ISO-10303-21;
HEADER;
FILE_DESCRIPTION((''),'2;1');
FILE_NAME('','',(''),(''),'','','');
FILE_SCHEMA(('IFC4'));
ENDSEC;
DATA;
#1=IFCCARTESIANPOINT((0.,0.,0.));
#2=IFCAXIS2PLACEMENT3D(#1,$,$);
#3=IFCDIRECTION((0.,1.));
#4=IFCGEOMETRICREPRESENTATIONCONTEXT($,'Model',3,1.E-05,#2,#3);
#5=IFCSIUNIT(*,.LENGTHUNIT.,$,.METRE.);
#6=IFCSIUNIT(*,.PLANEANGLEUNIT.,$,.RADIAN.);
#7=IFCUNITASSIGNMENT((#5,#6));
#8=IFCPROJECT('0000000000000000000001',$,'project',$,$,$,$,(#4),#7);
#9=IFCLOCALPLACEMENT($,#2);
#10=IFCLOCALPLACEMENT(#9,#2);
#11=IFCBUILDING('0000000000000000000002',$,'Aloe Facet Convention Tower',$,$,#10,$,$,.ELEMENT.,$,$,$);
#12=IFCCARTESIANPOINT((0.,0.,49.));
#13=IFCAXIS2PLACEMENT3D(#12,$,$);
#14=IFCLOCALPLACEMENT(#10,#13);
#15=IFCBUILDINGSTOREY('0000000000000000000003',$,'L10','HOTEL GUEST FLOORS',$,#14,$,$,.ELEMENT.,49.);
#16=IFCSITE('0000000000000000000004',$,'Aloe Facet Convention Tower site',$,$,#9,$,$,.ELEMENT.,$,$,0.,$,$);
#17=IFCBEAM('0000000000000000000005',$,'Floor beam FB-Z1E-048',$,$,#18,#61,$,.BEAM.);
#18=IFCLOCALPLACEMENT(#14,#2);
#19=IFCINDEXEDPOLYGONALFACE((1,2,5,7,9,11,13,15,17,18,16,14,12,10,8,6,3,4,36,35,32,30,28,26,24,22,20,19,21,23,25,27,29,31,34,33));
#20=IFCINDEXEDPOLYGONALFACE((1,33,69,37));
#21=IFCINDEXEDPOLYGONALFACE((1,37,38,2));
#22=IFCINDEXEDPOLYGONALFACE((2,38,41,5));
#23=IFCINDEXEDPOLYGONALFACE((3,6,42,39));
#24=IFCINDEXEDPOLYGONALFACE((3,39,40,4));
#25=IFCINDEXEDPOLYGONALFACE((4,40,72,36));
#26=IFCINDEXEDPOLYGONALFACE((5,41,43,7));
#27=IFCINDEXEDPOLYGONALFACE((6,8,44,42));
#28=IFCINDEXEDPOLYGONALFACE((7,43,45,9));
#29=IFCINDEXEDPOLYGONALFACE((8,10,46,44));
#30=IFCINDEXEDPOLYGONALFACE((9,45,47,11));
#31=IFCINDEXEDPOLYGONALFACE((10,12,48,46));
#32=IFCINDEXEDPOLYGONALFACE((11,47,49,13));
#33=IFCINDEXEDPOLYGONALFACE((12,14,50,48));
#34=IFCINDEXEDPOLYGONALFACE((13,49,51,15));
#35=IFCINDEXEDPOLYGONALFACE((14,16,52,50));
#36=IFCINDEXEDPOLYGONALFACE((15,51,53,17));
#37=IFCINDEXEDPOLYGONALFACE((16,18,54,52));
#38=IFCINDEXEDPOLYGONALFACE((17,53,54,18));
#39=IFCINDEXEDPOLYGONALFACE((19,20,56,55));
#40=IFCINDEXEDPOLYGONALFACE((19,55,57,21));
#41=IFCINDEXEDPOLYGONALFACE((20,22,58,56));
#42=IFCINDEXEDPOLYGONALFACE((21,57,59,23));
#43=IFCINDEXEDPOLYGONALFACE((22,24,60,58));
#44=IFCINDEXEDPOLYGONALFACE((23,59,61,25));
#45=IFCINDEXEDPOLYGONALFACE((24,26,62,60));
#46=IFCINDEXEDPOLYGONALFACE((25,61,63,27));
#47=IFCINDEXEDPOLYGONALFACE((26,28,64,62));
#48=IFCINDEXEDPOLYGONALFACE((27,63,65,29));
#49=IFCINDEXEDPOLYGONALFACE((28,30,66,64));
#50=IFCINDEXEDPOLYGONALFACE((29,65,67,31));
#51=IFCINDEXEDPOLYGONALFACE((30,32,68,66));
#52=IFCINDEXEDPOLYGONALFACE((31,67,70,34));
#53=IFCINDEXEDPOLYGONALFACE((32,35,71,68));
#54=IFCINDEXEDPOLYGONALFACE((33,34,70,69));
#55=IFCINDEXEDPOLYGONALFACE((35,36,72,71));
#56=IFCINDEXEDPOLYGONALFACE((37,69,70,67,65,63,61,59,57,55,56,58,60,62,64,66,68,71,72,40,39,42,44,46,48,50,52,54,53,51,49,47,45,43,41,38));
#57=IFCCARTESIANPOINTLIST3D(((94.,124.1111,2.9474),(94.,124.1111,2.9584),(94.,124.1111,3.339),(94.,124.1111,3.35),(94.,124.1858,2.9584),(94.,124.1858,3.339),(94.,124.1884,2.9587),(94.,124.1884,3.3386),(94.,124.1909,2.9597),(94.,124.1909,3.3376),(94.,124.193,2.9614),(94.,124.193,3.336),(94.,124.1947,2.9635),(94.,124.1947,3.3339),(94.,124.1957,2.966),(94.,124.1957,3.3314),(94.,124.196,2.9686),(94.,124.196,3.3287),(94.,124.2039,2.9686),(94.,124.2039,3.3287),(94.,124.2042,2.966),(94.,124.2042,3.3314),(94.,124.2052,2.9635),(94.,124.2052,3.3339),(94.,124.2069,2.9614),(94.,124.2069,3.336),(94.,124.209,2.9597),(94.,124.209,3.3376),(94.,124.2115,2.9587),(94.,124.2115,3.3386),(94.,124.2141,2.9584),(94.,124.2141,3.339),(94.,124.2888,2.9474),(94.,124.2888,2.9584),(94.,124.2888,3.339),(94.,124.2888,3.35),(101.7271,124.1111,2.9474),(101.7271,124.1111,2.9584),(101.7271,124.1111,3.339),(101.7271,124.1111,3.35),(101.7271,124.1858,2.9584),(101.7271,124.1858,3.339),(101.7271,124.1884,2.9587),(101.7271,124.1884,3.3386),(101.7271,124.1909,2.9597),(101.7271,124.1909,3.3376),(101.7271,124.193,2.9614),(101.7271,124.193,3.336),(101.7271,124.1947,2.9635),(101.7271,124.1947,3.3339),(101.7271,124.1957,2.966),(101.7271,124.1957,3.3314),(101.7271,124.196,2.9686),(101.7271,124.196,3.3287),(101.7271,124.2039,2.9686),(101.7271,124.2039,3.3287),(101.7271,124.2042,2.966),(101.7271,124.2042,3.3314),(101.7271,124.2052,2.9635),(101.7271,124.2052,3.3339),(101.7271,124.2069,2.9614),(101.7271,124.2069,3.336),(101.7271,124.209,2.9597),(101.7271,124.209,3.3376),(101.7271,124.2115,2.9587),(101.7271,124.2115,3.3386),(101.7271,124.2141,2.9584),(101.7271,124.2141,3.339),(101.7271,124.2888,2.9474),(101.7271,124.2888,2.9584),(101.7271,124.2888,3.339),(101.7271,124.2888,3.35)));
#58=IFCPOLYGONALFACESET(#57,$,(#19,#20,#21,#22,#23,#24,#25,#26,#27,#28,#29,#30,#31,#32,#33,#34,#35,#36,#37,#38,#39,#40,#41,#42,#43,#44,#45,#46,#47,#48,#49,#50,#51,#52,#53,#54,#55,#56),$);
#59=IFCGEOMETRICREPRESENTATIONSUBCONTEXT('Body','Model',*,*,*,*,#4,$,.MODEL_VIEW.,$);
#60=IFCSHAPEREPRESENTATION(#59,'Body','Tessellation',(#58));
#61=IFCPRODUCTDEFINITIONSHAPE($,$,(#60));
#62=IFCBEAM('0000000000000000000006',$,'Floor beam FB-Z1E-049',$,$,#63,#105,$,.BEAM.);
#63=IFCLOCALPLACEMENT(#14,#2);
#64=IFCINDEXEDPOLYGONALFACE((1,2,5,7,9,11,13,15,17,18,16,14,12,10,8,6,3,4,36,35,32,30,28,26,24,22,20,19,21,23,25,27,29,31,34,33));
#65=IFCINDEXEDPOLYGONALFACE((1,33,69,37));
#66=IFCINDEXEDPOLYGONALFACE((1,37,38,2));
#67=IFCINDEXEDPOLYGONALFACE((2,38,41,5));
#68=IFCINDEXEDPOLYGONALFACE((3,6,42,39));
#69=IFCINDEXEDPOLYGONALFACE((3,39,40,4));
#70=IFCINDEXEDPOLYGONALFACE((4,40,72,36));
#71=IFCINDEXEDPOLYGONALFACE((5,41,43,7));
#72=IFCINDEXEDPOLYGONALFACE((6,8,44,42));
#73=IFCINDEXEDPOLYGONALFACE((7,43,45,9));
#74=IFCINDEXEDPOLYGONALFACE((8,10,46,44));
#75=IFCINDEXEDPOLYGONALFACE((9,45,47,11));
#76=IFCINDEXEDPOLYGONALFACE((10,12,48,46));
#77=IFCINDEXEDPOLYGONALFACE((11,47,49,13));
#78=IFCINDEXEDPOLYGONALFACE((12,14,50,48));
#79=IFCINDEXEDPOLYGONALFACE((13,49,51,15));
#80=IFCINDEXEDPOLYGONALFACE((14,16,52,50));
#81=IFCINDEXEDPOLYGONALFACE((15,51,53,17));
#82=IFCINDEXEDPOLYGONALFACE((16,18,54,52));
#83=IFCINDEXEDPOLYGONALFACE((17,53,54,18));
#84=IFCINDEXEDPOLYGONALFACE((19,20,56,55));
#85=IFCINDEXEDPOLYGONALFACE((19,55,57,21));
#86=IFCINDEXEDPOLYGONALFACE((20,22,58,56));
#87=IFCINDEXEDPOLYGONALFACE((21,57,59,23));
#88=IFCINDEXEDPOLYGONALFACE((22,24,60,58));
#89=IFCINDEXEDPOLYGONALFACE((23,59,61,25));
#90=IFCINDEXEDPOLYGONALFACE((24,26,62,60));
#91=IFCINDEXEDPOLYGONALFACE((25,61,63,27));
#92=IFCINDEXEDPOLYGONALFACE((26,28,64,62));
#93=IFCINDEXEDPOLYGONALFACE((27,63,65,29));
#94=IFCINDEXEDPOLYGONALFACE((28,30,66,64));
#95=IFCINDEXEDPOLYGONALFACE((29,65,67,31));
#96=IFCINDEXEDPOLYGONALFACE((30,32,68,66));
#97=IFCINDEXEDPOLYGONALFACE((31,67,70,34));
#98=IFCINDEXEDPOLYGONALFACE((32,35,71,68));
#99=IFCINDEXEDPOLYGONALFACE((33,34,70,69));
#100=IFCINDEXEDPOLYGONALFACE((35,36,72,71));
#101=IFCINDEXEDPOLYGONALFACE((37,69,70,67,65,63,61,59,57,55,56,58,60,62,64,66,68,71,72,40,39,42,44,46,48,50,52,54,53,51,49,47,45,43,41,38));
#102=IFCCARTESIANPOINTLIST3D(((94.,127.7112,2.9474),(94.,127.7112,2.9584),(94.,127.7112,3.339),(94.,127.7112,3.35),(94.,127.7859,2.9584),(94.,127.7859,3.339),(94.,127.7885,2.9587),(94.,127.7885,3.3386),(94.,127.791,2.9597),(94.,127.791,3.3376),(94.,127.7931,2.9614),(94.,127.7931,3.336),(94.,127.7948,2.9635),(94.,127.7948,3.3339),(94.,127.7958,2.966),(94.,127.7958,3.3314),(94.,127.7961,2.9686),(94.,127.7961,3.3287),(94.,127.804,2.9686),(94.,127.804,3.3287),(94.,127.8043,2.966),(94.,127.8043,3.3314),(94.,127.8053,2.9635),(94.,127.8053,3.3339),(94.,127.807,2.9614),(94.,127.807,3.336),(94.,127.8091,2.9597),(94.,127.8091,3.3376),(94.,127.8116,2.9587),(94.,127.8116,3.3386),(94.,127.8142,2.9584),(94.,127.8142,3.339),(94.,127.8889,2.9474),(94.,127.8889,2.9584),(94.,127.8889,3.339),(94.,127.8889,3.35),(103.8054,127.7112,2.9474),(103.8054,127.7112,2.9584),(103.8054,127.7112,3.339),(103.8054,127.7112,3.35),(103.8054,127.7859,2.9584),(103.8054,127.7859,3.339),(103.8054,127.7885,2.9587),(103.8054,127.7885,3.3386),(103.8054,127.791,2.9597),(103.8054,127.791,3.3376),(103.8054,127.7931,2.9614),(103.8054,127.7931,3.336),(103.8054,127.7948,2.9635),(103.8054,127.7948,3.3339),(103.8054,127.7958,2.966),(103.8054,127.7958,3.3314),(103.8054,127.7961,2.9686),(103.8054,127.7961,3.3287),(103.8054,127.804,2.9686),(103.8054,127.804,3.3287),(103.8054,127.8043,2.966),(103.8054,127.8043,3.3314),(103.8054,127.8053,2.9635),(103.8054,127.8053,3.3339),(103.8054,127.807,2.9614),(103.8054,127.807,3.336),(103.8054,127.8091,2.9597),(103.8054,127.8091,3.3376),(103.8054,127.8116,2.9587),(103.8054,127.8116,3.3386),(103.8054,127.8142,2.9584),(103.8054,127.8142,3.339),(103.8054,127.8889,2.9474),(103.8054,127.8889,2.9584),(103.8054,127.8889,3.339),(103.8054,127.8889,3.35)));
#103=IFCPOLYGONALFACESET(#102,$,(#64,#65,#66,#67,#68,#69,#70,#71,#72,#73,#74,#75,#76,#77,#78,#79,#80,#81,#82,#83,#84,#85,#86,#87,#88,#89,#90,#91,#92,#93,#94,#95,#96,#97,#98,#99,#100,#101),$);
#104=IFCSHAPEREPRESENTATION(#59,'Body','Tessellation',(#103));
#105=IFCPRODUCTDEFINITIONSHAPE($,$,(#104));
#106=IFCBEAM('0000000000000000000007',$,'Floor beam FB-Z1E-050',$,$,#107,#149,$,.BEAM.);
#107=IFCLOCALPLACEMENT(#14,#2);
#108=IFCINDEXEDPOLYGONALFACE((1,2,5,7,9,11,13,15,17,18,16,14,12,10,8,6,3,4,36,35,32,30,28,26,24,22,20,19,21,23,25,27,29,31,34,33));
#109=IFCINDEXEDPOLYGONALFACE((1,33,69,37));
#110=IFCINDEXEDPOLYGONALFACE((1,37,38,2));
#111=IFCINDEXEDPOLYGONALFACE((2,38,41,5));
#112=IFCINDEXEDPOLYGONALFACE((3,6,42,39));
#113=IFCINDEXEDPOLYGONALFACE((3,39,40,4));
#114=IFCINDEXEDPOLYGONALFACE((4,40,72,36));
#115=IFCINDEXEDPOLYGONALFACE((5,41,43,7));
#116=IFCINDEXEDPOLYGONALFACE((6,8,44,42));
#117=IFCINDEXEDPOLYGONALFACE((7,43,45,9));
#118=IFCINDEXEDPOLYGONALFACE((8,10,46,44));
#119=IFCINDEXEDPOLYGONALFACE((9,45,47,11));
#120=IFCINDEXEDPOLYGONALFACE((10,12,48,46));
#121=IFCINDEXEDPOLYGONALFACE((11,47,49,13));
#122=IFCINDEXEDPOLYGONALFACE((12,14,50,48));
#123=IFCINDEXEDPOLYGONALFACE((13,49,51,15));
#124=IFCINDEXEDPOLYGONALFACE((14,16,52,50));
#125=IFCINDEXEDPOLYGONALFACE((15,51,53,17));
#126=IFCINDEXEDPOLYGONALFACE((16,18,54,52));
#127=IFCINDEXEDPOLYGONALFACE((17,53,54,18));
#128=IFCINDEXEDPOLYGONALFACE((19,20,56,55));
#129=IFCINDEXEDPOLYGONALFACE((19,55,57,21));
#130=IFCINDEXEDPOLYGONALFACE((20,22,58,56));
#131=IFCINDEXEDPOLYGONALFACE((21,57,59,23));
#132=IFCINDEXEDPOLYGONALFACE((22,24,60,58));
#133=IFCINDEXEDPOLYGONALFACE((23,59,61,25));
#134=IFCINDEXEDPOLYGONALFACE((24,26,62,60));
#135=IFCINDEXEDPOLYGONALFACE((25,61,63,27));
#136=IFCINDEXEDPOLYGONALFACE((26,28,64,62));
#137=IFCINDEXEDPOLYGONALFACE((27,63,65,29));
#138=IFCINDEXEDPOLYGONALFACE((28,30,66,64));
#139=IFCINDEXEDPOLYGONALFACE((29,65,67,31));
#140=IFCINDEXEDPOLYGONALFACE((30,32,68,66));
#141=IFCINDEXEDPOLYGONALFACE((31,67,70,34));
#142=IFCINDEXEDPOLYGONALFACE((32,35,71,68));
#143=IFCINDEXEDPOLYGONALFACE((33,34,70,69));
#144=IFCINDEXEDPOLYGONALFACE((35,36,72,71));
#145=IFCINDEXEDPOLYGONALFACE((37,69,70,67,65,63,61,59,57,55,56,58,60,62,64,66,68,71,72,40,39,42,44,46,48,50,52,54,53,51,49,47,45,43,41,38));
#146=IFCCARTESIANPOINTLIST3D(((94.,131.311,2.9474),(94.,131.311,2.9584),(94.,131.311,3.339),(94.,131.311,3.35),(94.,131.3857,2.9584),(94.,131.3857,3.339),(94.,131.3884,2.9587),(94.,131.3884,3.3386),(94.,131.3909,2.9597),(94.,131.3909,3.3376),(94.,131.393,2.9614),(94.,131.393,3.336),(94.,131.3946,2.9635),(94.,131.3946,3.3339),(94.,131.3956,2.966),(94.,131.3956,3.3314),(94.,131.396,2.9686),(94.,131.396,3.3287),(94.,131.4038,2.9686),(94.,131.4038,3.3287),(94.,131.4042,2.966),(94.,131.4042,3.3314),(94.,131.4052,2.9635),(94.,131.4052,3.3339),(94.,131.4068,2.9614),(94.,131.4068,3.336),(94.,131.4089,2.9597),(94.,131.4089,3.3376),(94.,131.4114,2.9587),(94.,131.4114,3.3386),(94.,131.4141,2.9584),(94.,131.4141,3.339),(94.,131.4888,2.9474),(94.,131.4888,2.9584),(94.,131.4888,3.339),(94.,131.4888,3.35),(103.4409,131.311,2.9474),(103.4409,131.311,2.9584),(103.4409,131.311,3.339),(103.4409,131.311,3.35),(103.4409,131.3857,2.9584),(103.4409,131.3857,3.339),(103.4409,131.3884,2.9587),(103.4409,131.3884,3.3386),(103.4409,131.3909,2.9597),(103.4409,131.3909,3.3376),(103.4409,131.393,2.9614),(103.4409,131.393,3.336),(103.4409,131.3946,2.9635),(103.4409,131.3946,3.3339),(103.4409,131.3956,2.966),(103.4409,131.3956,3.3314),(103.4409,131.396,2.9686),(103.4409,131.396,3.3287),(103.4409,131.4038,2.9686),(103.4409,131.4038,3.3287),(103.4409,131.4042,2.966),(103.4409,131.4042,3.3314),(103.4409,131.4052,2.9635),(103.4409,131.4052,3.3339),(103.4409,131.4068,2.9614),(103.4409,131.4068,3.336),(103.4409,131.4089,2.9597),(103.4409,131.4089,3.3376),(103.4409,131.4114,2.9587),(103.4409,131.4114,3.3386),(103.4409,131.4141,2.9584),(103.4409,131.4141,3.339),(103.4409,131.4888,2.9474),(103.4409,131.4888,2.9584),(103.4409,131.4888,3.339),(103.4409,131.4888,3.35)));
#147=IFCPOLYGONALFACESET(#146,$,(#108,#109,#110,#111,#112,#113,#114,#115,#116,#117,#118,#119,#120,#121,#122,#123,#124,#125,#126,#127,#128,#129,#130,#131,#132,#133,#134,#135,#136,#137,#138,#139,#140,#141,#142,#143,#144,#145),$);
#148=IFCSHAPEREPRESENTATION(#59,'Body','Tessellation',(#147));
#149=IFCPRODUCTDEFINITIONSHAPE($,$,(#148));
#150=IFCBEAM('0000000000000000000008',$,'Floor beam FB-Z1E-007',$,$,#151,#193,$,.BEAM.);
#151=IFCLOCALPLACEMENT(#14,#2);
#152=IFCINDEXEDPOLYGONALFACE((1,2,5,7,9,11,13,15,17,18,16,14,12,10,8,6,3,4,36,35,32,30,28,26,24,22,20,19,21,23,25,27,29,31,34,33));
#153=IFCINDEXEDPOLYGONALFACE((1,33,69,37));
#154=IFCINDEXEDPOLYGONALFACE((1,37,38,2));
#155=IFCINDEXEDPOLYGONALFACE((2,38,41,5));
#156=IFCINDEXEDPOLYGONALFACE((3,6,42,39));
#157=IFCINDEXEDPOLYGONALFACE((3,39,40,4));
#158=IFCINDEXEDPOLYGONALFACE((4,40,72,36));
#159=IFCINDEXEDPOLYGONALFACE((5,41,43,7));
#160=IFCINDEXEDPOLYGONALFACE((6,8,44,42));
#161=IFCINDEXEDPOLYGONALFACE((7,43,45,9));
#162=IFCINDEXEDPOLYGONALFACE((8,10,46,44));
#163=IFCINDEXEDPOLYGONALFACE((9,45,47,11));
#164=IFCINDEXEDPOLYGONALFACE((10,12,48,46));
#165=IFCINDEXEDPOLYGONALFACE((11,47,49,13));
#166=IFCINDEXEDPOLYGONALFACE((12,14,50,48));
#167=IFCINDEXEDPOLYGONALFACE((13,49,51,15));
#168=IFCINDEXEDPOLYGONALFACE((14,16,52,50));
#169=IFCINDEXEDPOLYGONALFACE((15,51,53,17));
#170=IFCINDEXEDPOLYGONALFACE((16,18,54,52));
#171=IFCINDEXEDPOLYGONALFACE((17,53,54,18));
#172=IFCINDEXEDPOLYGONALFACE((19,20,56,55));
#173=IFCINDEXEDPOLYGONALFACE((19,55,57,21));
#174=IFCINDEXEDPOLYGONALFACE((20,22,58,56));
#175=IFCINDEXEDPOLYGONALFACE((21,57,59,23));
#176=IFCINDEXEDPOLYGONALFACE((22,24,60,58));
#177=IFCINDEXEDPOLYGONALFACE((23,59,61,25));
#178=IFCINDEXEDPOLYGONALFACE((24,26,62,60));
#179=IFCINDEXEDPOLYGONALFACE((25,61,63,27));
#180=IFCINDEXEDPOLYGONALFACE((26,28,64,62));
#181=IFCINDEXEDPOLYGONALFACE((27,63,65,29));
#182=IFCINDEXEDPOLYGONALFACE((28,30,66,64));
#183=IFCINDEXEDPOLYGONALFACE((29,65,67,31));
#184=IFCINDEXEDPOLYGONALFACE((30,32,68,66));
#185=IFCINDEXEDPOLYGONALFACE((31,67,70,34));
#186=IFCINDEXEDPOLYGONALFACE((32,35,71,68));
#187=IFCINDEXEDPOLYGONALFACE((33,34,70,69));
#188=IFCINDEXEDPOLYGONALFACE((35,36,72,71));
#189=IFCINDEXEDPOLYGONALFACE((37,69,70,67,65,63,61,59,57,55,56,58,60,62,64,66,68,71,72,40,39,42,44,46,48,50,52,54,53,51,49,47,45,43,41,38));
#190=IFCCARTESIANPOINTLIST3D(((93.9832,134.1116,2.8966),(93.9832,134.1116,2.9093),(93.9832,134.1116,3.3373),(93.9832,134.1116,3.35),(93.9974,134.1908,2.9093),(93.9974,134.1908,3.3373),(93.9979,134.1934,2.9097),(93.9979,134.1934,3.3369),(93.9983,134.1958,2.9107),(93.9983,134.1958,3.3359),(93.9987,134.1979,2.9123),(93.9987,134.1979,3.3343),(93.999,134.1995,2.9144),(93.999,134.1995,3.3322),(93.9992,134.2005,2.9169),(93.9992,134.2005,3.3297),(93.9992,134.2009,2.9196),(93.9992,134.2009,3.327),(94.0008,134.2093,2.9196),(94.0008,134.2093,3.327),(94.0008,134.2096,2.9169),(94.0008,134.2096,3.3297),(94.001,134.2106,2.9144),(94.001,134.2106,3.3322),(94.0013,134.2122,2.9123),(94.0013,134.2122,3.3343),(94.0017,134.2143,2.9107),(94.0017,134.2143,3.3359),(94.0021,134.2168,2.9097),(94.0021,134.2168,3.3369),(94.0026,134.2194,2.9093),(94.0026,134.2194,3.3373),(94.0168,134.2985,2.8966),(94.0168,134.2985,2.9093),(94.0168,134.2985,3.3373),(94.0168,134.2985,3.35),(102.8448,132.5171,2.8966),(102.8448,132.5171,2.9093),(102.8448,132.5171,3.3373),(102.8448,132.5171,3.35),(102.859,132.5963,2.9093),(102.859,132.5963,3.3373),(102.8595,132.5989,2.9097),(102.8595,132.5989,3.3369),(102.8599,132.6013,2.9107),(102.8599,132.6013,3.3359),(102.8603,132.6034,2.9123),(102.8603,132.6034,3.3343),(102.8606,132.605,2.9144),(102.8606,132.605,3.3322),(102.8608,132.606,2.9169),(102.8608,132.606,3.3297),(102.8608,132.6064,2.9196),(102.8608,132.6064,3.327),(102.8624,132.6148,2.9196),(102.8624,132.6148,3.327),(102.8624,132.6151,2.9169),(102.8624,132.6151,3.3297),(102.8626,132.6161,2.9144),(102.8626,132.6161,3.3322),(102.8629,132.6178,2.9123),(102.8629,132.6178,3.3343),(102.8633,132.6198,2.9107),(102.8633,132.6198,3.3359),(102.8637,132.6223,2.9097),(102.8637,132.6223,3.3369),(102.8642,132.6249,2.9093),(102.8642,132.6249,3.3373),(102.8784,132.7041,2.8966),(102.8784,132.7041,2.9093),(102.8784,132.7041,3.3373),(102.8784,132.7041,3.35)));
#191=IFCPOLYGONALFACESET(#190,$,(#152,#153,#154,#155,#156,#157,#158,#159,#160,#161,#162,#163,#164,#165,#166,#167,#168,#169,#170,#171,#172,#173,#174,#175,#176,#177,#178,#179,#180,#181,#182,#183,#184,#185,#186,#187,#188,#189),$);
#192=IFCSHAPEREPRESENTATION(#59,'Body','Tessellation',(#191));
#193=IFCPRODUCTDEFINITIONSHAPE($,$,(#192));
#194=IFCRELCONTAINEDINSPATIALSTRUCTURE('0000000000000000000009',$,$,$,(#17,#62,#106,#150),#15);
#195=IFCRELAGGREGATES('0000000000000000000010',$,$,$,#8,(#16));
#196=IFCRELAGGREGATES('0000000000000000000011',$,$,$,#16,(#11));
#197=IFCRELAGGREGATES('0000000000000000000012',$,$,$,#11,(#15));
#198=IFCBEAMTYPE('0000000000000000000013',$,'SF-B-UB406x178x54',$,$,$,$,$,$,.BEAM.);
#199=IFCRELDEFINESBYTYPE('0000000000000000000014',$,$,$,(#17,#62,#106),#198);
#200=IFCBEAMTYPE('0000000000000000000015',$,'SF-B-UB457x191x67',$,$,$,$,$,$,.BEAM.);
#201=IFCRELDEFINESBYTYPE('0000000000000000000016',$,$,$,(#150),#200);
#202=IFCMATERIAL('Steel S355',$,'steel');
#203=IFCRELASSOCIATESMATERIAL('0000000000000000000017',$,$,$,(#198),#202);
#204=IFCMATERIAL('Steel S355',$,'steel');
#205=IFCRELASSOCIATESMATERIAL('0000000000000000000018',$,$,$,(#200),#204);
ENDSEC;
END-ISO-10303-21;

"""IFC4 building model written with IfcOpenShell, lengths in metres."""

from ifc_helpers import new_model, si_unit, direction, frame, origin, origin_2d, place, context, subcontext, project, spatial, i_section, extrude, material, material_profile, profile_set, type_object, element, save


model = new_model("IFC4")

# Units and contexts
model_context = context("Model", 3, precision=1e-05, world=origin(), true_north=direction((0.0, 1.0)))
body_context = subcontext(model_context, "Body", "Model", "MODEL_VIEW")
ifc_project = project(units=[si_unit("LENGTHUNIT", "METRE"), si_unit("PLANEANGLEUNIT", "RADIAN")], contexts=[model_context])

# Site, building, storey
site_placement = place(None, origin())
site = spatial("IfcSite", under=ifc_project, at=site_placement, Name="Aloe Facet Convention Tower site", CompositionType="ELEMENT", RefElevation=0.0)
building_placement = place(site_placement, origin())
building = spatial("IfcBuilding", under=site, at=building_placement, Name="Aloe Facet Convention Tower", CompositionType="ELEMENT")
storey_placement = place(building_placement, frame((0.0, 0.0, 49.0)))
storey = spatial("IfcBuildingStorey", under=building, at=storey_placement, Name="L10", Description="HOTEL GUEST FLOORS", CompositionType="ELEMENT", Elevation=49.0)

# Beams
ifc_material_1 = material(Name="Steel S355", Category="steel")
ifc_material_profile_1 = material_profile(ifc_material_1, i_section(OverallWidth=0.1777, OverallDepth=0.4026, WebThickness=0.0078, FlangeThickness=0.011, FilletRadius=0.0103, at=origin_2d()), Name="UB 406x178x54")
ifc_profile_set_1 = profile_set([ifc_material_profile_1], Name="Steel S355")
beam_type_1 = type_object("IfcBeamType", Name="SF-B-UB406x178x54", PredefinedType="BEAM", material=ifc_profile_set_1)
beam_1_placement = place(storey_placement, frame((94.0, 124.2, 3.1487), z_axis=(1.0, 0.0, 0.0), x_axis=(0.0, 1.0, 0.0)))
element("IfcBeam", 1, at=beam_1_placement, inside=storey, type_object=beam_type_1, Name="Floor beam FB-Z1E-048", PredefinedType="BEAM", context=body_context, shape_type="SweptSolid", body=[
    extrude(i_section(OverallWidth=0.1777, OverallDepth=0.4026, WebThickness=0.0078, FlangeThickness=0.011, FilletRadius=0.0103, at=origin_2d()), origin(), (0.0, 0.0, 1.0), 7.7271),
])
beam_2_placement = place(storey_placement, frame((94.0, 127.8, 3.1487), z_axis=(1.0, 0.0, 0.0), x_axis=(0.0, 1.0, 0.0)))
element("IfcBeam", 2, at=beam_2_placement, inside=storey, type_object=beam_type_1, Name="Floor beam FB-Z1E-049", PredefinedType="BEAM", context=body_context, shape_type="SweptSolid", body=[
    extrude(i_section(OverallWidth=0.1777, OverallDepth=0.4026, WebThickness=0.0078, FlangeThickness=0.011, FilletRadius=0.0103, at=origin_2d()), origin(), (0.0, 0.0, 1.0), 9.8054),
])
beam_3_placement = place(storey_placement, frame((94.0, 131.3999, 3.1487), z_axis=(1.0, 0.0, 0.0), x_axis=(0.0, 1.0, 0.0)))
element("IfcBeam", 3, at=beam_3_placement, inside=storey, type_object=beam_type_1, Name="Floor beam FB-Z1E-050", PredefinedType="BEAM", context=body_context, shape_type="SweptSolid", body=[
    extrude(i_section(OverallWidth=0.1777, OverallDepth=0.4026, WebThickness=0.0078, FlangeThickness=0.011, FilletRadius=0.0103, at=origin_2d()), origin(), (0.0, 0.0, 1.0), 9.4409),
])
ifc_material_2 = material(Name="Steel S355", Category="steel")
ifc_material_profile_2 = material_profile(ifc_material_2, i_section(OverallWidth=0.1899, OverallDepth=0.4534, WebThickness=0.0085, FlangeThickness=0.0127, FilletRadius=0.0103, at=origin_2d()), Name="UB 457x191x67")
ifc_profile_set_2 = profile_set([ifc_material_profile_2], Name="Steel S355")
beam_type_2 = type_object("IfcBeamType", Name="SF-B-UB457x191x67", PredefinedType="BEAM", material=ifc_profile_set_2)
beam_4_placement = place(storey_placement, frame((94.0, 134.2051, 3.1233), z_axis=(0.984195, -0.177088, 0.0), x_axis=(0.177088, 0.984195, 0.0)))
element("IfcBeam", 4, at=beam_4_placement, inside=storey, type_object=beam_type_2, Name="Floor beam FB-Z1E-007", PredefinedType="BEAM", context=body_context, shape_type="SweptSolid", body=[
    extrude(i_section(OverallWidth=0.1899, OverallDepth=0.4534, WebThickness=0.0085, FlangeThickness=0.0127, FilletRadius=0.0103, at=origin_2d()), origin(), (0.0, 0.0, 1.0), 9.0039),
])

save(model, "model.ifc")
